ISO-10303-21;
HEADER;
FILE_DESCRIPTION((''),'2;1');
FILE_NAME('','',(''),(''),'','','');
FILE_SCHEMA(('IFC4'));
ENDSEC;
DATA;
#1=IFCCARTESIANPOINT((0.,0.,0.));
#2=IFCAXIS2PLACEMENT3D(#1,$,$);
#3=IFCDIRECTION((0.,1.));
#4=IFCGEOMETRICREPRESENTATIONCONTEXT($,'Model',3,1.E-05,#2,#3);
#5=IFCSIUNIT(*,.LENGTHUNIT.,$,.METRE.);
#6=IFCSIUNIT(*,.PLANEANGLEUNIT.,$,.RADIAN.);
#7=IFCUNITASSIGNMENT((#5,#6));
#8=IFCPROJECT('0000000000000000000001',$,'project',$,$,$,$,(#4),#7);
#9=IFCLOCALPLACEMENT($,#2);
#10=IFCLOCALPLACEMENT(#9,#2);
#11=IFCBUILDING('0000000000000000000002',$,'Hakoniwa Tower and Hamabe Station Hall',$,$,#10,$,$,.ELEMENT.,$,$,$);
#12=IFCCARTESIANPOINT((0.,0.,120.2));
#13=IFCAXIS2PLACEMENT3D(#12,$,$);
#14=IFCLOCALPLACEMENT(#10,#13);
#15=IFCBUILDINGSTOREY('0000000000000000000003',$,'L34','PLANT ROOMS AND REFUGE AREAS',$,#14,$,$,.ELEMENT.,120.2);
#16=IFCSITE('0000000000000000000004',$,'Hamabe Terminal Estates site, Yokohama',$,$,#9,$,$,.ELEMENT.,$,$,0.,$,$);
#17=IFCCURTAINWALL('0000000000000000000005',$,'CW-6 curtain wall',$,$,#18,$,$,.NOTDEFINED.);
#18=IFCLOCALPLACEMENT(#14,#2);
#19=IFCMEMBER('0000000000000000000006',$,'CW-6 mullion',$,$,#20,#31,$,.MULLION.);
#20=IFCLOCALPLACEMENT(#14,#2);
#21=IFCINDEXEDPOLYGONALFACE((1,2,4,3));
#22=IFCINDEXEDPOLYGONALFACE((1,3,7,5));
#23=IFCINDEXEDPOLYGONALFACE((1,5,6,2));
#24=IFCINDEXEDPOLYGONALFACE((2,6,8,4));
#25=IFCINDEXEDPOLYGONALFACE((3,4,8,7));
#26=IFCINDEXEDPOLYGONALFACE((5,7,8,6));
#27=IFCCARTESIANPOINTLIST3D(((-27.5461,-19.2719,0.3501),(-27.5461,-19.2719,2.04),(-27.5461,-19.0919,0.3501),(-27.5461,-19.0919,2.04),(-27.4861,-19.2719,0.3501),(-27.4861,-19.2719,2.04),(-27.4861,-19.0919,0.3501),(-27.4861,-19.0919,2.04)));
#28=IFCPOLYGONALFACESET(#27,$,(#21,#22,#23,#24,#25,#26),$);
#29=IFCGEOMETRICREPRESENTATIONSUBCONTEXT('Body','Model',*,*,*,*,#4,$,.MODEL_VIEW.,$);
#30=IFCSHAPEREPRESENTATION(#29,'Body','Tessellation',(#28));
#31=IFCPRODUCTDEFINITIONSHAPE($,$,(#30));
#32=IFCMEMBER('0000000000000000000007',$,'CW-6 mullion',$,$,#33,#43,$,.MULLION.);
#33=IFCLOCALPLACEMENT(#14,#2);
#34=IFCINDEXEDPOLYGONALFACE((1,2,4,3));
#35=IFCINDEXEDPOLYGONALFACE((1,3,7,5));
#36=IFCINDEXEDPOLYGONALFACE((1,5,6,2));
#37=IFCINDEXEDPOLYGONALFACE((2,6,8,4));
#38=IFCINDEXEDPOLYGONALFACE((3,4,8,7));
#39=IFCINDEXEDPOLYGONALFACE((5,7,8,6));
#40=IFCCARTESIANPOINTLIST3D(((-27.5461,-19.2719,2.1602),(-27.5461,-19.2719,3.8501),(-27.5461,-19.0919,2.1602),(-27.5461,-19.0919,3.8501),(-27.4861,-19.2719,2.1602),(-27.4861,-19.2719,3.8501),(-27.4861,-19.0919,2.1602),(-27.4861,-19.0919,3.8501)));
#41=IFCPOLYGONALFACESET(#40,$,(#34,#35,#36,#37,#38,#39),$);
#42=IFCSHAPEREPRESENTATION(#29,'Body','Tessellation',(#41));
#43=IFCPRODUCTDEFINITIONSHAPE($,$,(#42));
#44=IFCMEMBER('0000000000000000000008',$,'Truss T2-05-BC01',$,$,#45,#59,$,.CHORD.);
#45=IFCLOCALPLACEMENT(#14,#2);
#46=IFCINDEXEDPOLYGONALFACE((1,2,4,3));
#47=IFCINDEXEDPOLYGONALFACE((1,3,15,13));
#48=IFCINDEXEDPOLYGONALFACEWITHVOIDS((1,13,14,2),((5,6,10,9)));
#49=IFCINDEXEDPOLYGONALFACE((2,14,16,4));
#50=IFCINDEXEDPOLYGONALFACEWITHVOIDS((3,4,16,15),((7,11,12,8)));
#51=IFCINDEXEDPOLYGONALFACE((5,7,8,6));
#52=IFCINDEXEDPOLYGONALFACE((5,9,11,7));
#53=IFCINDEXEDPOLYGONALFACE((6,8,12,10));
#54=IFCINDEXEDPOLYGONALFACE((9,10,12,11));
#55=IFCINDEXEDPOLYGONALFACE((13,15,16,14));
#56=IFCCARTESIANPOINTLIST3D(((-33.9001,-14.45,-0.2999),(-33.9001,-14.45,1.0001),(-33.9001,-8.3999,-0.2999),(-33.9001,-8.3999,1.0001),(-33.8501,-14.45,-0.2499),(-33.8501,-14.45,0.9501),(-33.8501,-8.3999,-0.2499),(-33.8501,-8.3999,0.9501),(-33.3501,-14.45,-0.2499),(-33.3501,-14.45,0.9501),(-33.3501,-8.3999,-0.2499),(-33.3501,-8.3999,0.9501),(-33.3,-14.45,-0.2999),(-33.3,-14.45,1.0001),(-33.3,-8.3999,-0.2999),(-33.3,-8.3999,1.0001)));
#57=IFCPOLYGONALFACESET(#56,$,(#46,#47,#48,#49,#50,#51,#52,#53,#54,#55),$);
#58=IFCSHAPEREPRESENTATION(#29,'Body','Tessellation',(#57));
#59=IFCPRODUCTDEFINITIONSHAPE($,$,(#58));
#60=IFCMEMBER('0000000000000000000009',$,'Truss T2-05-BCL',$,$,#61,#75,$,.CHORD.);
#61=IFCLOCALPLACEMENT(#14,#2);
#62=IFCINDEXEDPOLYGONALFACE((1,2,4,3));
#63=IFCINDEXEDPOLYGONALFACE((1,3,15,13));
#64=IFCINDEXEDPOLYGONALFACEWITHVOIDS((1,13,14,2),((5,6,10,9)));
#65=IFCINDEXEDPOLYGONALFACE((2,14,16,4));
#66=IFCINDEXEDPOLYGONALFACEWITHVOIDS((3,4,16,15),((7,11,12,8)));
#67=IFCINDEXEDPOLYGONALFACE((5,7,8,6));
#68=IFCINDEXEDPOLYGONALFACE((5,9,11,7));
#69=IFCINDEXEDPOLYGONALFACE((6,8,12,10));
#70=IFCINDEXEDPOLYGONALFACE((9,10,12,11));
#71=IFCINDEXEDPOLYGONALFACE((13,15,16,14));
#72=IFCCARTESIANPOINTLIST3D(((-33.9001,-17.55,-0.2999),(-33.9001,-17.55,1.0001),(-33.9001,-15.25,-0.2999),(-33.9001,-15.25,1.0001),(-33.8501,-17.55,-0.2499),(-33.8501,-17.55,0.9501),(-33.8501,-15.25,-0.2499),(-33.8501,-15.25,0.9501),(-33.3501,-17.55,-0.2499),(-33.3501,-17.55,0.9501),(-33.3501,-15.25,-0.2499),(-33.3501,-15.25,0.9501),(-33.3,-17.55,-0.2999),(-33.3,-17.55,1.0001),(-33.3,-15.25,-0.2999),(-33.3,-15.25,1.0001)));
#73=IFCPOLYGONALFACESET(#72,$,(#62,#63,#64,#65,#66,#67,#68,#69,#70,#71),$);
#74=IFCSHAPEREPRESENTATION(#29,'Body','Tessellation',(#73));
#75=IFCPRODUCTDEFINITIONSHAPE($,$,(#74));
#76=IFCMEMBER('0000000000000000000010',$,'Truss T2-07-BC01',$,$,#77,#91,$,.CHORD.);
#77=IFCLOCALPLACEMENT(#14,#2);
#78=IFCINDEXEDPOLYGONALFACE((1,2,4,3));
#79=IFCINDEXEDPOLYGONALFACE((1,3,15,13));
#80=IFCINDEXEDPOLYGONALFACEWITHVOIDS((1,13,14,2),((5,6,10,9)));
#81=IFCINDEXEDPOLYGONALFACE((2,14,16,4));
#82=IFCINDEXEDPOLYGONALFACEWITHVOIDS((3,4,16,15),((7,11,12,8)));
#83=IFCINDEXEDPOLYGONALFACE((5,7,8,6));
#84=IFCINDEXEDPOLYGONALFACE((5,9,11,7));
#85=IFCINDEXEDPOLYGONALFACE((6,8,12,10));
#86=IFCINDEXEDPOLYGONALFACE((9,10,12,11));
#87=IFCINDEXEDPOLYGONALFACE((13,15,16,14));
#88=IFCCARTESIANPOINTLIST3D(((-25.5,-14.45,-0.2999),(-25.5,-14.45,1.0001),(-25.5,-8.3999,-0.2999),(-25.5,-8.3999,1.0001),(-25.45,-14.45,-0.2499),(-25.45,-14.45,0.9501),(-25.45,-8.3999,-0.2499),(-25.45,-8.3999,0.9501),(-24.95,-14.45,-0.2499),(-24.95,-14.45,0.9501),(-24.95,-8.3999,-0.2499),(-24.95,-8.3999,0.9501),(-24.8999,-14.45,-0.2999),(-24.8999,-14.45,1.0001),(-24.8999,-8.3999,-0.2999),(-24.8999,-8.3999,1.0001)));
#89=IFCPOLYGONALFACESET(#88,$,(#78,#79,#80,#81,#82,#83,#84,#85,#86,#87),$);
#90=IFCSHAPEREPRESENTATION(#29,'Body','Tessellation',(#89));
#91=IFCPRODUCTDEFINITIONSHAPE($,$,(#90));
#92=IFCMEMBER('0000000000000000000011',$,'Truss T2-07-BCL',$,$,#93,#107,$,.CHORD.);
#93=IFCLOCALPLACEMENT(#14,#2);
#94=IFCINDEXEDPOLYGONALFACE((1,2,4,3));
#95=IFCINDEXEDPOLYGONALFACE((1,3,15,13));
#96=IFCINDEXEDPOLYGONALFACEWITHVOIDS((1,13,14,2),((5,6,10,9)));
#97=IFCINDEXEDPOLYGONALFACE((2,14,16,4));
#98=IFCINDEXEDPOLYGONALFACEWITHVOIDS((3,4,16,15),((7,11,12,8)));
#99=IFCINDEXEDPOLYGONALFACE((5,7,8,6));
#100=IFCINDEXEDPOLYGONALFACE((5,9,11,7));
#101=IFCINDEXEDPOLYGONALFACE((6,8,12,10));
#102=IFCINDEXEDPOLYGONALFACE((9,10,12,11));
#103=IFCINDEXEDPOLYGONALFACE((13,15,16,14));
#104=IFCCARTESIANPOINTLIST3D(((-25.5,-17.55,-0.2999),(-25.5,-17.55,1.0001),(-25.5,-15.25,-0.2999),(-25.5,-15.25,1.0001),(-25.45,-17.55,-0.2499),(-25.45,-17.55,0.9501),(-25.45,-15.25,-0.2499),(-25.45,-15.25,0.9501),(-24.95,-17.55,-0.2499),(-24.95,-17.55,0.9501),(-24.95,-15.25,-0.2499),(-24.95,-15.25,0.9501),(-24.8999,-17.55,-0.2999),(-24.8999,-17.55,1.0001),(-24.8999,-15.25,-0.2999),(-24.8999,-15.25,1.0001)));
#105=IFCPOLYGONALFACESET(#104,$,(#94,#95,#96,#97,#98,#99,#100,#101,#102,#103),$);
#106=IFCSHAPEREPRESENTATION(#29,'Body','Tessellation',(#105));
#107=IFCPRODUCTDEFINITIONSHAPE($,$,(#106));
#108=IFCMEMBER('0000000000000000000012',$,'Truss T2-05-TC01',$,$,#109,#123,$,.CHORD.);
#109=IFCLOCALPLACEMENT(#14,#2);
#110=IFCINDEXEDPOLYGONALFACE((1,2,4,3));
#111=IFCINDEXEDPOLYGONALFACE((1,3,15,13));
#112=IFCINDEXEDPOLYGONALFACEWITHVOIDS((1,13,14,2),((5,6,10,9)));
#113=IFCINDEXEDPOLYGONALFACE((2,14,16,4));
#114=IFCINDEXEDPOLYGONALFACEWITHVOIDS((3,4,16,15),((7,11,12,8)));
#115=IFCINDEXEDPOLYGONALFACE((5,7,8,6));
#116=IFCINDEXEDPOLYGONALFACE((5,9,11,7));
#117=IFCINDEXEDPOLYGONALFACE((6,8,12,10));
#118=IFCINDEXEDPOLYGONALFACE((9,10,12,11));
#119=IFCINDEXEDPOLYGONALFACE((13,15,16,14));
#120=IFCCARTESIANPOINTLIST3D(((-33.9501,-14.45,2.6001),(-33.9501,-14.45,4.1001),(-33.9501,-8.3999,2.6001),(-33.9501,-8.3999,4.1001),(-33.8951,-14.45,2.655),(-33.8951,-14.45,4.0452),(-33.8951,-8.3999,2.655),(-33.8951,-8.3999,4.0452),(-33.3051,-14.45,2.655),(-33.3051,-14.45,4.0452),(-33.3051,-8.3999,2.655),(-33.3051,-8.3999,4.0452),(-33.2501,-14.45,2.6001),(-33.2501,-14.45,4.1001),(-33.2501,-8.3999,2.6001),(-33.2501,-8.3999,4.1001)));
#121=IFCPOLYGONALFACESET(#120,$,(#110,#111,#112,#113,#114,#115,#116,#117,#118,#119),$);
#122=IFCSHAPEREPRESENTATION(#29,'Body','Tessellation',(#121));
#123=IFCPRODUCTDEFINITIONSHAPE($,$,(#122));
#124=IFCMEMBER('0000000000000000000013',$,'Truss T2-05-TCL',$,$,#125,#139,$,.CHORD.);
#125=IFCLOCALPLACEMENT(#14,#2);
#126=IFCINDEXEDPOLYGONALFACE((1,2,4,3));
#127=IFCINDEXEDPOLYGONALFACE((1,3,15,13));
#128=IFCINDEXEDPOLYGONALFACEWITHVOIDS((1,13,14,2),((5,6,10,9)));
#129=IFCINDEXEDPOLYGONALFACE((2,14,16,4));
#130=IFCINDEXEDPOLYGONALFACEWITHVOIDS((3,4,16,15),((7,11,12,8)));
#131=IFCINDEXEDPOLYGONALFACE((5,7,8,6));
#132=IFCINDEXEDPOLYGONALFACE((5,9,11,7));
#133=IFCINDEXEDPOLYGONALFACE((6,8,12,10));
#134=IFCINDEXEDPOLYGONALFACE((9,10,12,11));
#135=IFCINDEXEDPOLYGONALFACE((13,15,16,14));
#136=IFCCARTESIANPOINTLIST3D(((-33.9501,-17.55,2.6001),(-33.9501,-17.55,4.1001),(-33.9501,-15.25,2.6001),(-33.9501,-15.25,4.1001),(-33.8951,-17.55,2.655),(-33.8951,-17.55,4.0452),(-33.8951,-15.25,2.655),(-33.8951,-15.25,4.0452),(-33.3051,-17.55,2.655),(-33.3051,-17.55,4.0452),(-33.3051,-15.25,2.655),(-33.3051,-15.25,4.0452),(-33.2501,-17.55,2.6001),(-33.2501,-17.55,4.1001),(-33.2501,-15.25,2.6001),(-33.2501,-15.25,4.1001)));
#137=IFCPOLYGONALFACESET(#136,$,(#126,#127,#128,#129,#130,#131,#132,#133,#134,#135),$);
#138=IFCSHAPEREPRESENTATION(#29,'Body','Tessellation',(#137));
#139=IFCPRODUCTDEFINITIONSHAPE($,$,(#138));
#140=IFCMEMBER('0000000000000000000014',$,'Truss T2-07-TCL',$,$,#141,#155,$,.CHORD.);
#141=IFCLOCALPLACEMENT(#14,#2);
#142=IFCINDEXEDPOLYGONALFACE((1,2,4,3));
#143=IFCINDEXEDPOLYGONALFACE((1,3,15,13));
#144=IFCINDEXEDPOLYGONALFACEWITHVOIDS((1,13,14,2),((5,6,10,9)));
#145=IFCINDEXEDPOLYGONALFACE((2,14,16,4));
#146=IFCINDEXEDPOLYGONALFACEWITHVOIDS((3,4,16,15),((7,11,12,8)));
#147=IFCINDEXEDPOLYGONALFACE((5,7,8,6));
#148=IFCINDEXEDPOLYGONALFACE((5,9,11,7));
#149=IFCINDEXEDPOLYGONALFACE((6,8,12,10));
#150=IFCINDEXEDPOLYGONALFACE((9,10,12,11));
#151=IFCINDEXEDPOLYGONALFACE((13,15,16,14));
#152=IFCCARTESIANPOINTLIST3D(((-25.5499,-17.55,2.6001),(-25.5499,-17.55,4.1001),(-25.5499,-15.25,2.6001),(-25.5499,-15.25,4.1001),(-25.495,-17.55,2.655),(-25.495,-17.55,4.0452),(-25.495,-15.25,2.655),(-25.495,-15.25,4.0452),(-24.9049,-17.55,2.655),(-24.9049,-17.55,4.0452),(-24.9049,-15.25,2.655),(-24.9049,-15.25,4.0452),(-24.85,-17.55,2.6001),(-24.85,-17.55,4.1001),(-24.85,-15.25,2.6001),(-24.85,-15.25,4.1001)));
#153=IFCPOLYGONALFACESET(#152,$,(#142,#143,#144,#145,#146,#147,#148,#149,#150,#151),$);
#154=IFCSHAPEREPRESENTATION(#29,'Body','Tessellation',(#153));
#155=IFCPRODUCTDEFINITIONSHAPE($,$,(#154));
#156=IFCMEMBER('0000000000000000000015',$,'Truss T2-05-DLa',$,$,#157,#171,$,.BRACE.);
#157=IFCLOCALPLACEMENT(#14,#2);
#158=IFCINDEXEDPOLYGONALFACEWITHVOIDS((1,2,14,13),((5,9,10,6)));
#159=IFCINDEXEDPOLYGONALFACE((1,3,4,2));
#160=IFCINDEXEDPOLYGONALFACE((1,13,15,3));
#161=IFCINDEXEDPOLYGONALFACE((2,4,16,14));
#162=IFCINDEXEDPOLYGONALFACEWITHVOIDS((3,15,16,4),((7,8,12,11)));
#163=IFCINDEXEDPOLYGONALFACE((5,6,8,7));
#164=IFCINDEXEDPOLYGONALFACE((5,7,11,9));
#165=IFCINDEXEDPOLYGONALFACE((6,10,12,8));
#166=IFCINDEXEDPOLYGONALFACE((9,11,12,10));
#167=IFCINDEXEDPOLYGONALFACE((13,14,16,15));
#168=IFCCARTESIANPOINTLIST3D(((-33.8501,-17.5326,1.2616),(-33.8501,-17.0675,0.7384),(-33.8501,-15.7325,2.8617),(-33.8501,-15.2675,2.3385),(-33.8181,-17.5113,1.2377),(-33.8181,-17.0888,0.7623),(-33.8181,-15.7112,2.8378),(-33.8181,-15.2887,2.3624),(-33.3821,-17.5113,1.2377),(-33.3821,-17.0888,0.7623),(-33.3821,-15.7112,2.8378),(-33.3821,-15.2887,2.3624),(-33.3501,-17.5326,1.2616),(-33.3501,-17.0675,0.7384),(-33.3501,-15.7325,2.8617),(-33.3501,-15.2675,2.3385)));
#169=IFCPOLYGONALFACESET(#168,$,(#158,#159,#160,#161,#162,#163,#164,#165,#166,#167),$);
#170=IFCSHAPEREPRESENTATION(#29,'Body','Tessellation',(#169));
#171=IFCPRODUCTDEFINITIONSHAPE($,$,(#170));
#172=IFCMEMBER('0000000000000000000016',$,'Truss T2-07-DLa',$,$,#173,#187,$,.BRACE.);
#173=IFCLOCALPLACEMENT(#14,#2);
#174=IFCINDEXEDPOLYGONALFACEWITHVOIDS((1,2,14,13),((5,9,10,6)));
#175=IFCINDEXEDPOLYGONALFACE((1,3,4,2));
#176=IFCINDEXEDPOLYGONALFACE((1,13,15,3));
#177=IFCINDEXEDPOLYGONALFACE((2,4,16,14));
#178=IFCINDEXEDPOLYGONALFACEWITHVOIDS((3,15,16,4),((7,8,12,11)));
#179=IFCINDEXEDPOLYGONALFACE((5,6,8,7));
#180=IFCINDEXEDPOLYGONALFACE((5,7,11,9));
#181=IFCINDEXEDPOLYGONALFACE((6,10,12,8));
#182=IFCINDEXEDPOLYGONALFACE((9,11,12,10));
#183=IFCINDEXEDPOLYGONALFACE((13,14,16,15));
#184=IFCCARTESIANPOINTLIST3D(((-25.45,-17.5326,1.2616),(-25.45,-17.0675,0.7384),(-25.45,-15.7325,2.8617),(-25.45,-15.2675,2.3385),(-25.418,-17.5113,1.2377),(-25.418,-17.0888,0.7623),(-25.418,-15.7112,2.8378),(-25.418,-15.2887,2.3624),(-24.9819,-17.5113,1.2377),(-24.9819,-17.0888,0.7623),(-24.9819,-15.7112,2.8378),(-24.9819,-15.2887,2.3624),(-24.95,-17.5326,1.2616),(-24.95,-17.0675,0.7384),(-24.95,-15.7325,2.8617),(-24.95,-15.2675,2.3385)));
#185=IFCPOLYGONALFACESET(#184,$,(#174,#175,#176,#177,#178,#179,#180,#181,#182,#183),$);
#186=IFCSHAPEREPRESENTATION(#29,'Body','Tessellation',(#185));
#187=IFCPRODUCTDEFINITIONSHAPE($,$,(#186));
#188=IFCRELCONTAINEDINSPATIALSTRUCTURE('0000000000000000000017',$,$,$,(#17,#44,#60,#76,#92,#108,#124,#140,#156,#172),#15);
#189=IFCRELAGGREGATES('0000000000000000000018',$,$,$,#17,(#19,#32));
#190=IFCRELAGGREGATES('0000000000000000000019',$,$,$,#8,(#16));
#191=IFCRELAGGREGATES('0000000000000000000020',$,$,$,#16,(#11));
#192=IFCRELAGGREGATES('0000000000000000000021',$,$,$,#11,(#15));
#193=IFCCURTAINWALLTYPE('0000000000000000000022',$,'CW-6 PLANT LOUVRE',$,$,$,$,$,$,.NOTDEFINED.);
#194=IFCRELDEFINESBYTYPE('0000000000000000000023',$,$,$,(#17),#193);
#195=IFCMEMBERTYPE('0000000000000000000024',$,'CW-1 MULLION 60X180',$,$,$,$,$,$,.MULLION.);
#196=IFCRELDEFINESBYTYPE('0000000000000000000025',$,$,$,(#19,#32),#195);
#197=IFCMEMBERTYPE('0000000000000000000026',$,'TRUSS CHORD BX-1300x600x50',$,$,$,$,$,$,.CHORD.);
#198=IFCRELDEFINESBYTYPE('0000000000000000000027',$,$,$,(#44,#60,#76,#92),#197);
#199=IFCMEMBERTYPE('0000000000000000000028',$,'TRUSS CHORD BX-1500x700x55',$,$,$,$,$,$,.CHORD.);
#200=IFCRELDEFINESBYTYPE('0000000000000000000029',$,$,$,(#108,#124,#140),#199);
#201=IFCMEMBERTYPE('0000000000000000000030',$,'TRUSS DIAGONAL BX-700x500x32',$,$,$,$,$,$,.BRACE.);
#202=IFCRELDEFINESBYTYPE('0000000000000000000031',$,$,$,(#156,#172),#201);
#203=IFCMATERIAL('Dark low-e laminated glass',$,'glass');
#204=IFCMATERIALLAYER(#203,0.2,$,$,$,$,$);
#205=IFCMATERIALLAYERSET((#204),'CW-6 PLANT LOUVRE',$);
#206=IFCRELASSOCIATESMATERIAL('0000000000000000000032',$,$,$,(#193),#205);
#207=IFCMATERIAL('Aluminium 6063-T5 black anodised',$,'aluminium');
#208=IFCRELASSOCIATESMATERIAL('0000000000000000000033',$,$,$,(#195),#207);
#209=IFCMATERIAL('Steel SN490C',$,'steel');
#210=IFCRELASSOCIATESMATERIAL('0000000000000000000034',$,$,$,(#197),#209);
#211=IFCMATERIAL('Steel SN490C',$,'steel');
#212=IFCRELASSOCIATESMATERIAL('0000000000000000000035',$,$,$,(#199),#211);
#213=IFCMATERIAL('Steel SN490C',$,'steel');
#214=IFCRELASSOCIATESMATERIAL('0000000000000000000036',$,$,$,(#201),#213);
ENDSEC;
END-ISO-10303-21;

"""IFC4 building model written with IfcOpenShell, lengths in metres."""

from ifc_helpers import new_model, si_unit, direction, frame, origin, origin_2d, place, context, subcontext, project, spatial, rectangle, hollow_rectangle, extrude, material, layer, layer_set, material_profile, profile_set, type_object, element, aggregate, save


model = new_model("IFC4")

# Units and contexts
model_context = context("Model", 3, precision=1e-05, world=origin(), true_north=direction((0.0, 1.0)))
body_context = subcontext(model_context, "Body", "Model", "MODEL_VIEW")
ifc_project = project(units=[si_unit("LENGTHUNIT", "METRE"), si_unit("PLANEANGLEUNIT", "RADIAN")], contexts=[model_context])

# Site, building, storey
site_placement = place(None, origin())
site = spatial("IfcSite", under=ifc_project, at=site_placement, Name="Hamabe Terminal Estates site, Yokohama", CompositionType="ELEMENT", RefElevation=0.0)
building_placement = place(site_placement, origin())
building = spatial("IfcBuilding", under=site, at=building_placement, Name="Hakoniwa Tower and Hamabe Station Hall", CompositionType="ELEMENT")
storey_placement = place(building_placement, frame((0.0, 0.0, 120.2)))
storey = spatial("IfcBuildingStorey", under=building, at=storey_placement, Name="L34", Description="PLANT ROOMS AND REFUGE AREAS", CompositionType="ELEMENT", Elevation=120.2)

# Curtain wall, members
ifc_material_1 = material(Name="Dark low-e laminated glass", Category="glass")
ifc_layer_1 = layer(ifc_material_1, 0.2)
ifc_layer_set_1 = layer_set([ifc_layer_1], Name="CW-6 PLANT LOUVRE")
curtain_wall_type = type_object("IfcCurtainWallType", Name="CW-6 PLANT LOUVRE", PredefinedType="NOTDEFINED", material=ifc_layer_set_1)
curtain_wall_placement = place(storey_placement, origin())
curtain_wall = element("IfcCurtainWall", 1, at=curtain_wall_placement, inside=storey, type_object=curtain_wall_type, Name="CW-6 curtain wall", PredefinedType="NOTDEFINED")
ifc_material_2 = material(Name="Aluminium 6063-T5 black anodised", Category="aluminium")
ifc_material_profile_1 = material_profile(ifc_material_2, rectangle(XDim=0.0601, YDim=0.1799, at=origin_2d()), Name="CW-1 MULLION 60X180")
ifc_profile_set_1 = profile_set([ifc_material_profile_1], Name="Aluminium 6063-T5 black anodised")
member_type_1 = type_object("IfcMemberType", Name="CW-1 MULLION 60X180", PredefinedType="MULLION", material=ifc_profile_set_1)
member_1_placement = place(storey_placement, frame((-27.5161, -19.1819, 0.3501), z_axis=(0.0, 0.0, 1.0), x_axis=(1.0, 0.0, 0.0)))
member_1 = element("IfcMember", 2, at=member_1_placement, type_object=member_type_1, Name="CW-6 mullion", PredefinedType="MULLION", context=body_context, shape_type="SweptSolid", body=[
    extrude(rectangle(XDim=0.0601, YDim=0.1799, at=origin_2d()), origin(), (0.0, 0.0, 1.0), 1.6899),
])
member_2_placement = place(storey_placement, frame((-27.5161, -19.1819, 2.1602), z_axis=(0.0, 0.0, 1.0), x_axis=(1.0, 0.0, 0.0)))
member_2 = element("IfcMember", 3, at=member_2_placement, type_object=member_type_1, Name="CW-6 mullion", PredefinedType="MULLION", context=body_context, shape_type="SweptSolid", body=[
    extrude(rectangle(XDim=0.0601, YDim=0.1799, at=origin_2d()), origin(), (0.0, 0.0, 1.0), 1.6899),
])

# Members
ifc_material_3 = material(Name="Steel SN490C", Category="steel")
ifc_material_profile_2 = material_profile(ifc_material_3, hollow_rectangle(XDim=0.6001, YDim=1.3, WallThickness=0.05, at=origin_2d()), Name="BX-1300x600x50")
ifc_profile_set_2 = profile_set([ifc_material_profile_2], Name="Steel SN490C")
member_type_2 = type_object("IfcMemberType", Name="TRUSS CHORD BX-1300x600x50", PredefinedType="CHORD", material=ifc_profile_set_2)
member_3_placement = place(storey_placement, frame((-33.6001, -14.45, 0.3501), z_axis=(0.0, 1.0, 0.0), x_axis=(-1.0, 0.0, 0.0)))
element("IfcMember", 4, at=member_3_placement, inside=storey, type_object=member_type_2, Name="Truss T2-05-BC01", PredefinedType="CHORD", context=body_context, shape_type="SweptSolid", body=[
    extrude(hollow_rectangle(XDim=0.6001, YDim=1.3, WallThickness=0.05, at=origin_2d()), origin(), (0.0, 0.0, 1.0), 6.05),
])
member_4_placement = place(storey_placement, frame((-33.6001, -17.55, 0.3501), z_axis=(0.0, 1.0, 0.0), x_axis=(-1.0, 0.0, 0.0)))
element("IfcMember", 5, at=member_4_placement, inside=storey, type_object=member_type_2, Name="Truss T2-05-BCL", PredefinedType="CHORD", context=body_context, shape_type="SweptSolid", body=[
    extrude(hollow_rectangle(XDim=0.6001, YDim=1.3, WallThickness=0.05, at=origin_2d()), origin(), (0.0, 0.0, 1.0), 2.3),
])
member_5_placement = place(storey_placement, frame((-25.2, -14.45, 0.3501), z_axis=(0.0, 1.0, 0.0), x_axis=(-1.0, 0.0, 0.0)))
element("IfcMember", 6, at=member_5_placement, inside=storey, type_object=member_type_2, Name="Truss T2-07-BC01", PredefinedType="CHORD", context=body_context, shape_type="SweptSolid", body=[
    extrude(hollow_rectangle(XDim=0.6001, YDim=1.3, WallThickness=0.05, at=origin_2d()), origin(), (0.0, 0.0, 1.0), 6.05),
])
member_6_placement = place(storey_placement, frame((-25.2, -17.55, 0.3501), z_axis=(0.0, 1.0, 0.0), x_axis=(-1.0, 0.0, 0.0)))
element("IfcMember", 7, at=member_6_placement, inside=storey, type_object=member_type_2, Name="Truss T2-07-BCL", PredefinedType="CHORD", context=body_context, shape_type="SweptSolid", body=[
    extrude(hollow_rectangle(XDim=0.6001, YDim=1.3, WallThickness=0.05, at=origin_2d()), origin(), (0.0, 0.0, 1.0), 2.3),
])
ifc_material_4 = material(Name="Steel SN490C", Category="steel")
ifc_material_profile_3 = material_profile(ifc_material_4, hollow_rectangle(XDim=0.7, YDim=1.5, WallThickness=0.0549, at=origin_2d()), Name="BX-1500x700x55")
ifc_profile_set_3 = profile_set([ifc_material_profile_3], Name="Steel SN490C")
member_type_3 = type_object("IfcMemberType", Name="TRUSS CHORD BX-1500x700x55", PredefinedType="CHORD", material=ifc_profile_set_3)
member_7_placement = place(storey_placement, frame((-33.6001, -14.45, 3.3501), z_axis=(0.0, 1.0, 0.0), x_axis=(-1.0, 0.0, 0.0)))
element("IfcMember", 8, at=member_7_placement, inside=storey, type_object=member_type_3, Name="Truss T2-05-TC01", PredefinedType="CHORD", context=body_context, shape_type="SweptSolid", body=[
    extrude(hollow_rectangle(XDim=0.7, YDim=1.5, WallThickness=0.0549, at=origin_2d()), origin(), (0.0, 0.0, 1.0), 6.05),
])
for number, where, z_axis, x_axis, name in (
    (9, (-33.6001, -17.55, 3.3501), (0.0, 1.0, 0.0), (-1.0, 0.0, 0.0), "Truss T2-05-TCL"),
    (10, (-25.2, -17.55, 3.3501), (0.0, 1.0, 0.0), (-1.0, 0.0, 0.0), "Truss T2-07-TCL"),
):
    element("IfcMember", number, at=place(storey_placement, frame(where, z_axis=z_axis, x_axis=x_axis)), inside=storey, type_object=member_type_3, Name=name, PredefinedType="CHORD", context=body_context, shape_type="SweptSolid", body=[
        extrude(hollow_rectangle(XDim=0.7, YDim=1.5, WallThickness=0.0549, at=origin_2d()), origin(), (0.0, 0.0, 1.0), 2.3),
    ])
ifc_material_5 = material(Name="Steel SN490C", Category="steel")
ifc_material_profile_4 = material_profile(ifc_material_5, hollow_rectangle(XDim=0.5, YDim=0.7, WallThickness=0.032, at=origin_2d()), Name="BX-700x500x32")
ifc_profile_set_4 = profile_set([ifc_material_profile_4], Name="Steel SN490C")
member_type_4 = type_object("IfcMemberType", Name="TRUSS DIAGONAL BX-700x500x32", PredefinedType="BRACE", material=ifc_profile_set_4)
for number, where, z_axis, x_axis, name in (
    (11, (-33.6001, -17.3, 1.0), (0.0, 0.747398, 0.664376), (-1.0, 0.0, 0.0), "Truss T2-05-DLa"),
    (12, (-25.2, -17.3, 1.0), (0.0, 0.747398, 0.664376), (-1.0, 0.0, 0.0), "Truss T2-07-DLa"),
):
    element("IfcMember", number, at=place(storey_placement, frame(where, z_axis=z_axis, x_axis=x_axis)), inside=storey, type_object=member_type_4, Name=name, PredefinedType="BRACE", context=body_context, shape_type="SweptSolid", body=[
        extrude(hollow_rectangle(XDim=0.5, YDim=0.7, WallThickness=0.032, at=origin_2d()), origin(), (0.0, 0.0, 1.0), 2.4084),
    ])

aggregate(curtain_wall, [member_1, member_2])

save(model, "model.ifc")
